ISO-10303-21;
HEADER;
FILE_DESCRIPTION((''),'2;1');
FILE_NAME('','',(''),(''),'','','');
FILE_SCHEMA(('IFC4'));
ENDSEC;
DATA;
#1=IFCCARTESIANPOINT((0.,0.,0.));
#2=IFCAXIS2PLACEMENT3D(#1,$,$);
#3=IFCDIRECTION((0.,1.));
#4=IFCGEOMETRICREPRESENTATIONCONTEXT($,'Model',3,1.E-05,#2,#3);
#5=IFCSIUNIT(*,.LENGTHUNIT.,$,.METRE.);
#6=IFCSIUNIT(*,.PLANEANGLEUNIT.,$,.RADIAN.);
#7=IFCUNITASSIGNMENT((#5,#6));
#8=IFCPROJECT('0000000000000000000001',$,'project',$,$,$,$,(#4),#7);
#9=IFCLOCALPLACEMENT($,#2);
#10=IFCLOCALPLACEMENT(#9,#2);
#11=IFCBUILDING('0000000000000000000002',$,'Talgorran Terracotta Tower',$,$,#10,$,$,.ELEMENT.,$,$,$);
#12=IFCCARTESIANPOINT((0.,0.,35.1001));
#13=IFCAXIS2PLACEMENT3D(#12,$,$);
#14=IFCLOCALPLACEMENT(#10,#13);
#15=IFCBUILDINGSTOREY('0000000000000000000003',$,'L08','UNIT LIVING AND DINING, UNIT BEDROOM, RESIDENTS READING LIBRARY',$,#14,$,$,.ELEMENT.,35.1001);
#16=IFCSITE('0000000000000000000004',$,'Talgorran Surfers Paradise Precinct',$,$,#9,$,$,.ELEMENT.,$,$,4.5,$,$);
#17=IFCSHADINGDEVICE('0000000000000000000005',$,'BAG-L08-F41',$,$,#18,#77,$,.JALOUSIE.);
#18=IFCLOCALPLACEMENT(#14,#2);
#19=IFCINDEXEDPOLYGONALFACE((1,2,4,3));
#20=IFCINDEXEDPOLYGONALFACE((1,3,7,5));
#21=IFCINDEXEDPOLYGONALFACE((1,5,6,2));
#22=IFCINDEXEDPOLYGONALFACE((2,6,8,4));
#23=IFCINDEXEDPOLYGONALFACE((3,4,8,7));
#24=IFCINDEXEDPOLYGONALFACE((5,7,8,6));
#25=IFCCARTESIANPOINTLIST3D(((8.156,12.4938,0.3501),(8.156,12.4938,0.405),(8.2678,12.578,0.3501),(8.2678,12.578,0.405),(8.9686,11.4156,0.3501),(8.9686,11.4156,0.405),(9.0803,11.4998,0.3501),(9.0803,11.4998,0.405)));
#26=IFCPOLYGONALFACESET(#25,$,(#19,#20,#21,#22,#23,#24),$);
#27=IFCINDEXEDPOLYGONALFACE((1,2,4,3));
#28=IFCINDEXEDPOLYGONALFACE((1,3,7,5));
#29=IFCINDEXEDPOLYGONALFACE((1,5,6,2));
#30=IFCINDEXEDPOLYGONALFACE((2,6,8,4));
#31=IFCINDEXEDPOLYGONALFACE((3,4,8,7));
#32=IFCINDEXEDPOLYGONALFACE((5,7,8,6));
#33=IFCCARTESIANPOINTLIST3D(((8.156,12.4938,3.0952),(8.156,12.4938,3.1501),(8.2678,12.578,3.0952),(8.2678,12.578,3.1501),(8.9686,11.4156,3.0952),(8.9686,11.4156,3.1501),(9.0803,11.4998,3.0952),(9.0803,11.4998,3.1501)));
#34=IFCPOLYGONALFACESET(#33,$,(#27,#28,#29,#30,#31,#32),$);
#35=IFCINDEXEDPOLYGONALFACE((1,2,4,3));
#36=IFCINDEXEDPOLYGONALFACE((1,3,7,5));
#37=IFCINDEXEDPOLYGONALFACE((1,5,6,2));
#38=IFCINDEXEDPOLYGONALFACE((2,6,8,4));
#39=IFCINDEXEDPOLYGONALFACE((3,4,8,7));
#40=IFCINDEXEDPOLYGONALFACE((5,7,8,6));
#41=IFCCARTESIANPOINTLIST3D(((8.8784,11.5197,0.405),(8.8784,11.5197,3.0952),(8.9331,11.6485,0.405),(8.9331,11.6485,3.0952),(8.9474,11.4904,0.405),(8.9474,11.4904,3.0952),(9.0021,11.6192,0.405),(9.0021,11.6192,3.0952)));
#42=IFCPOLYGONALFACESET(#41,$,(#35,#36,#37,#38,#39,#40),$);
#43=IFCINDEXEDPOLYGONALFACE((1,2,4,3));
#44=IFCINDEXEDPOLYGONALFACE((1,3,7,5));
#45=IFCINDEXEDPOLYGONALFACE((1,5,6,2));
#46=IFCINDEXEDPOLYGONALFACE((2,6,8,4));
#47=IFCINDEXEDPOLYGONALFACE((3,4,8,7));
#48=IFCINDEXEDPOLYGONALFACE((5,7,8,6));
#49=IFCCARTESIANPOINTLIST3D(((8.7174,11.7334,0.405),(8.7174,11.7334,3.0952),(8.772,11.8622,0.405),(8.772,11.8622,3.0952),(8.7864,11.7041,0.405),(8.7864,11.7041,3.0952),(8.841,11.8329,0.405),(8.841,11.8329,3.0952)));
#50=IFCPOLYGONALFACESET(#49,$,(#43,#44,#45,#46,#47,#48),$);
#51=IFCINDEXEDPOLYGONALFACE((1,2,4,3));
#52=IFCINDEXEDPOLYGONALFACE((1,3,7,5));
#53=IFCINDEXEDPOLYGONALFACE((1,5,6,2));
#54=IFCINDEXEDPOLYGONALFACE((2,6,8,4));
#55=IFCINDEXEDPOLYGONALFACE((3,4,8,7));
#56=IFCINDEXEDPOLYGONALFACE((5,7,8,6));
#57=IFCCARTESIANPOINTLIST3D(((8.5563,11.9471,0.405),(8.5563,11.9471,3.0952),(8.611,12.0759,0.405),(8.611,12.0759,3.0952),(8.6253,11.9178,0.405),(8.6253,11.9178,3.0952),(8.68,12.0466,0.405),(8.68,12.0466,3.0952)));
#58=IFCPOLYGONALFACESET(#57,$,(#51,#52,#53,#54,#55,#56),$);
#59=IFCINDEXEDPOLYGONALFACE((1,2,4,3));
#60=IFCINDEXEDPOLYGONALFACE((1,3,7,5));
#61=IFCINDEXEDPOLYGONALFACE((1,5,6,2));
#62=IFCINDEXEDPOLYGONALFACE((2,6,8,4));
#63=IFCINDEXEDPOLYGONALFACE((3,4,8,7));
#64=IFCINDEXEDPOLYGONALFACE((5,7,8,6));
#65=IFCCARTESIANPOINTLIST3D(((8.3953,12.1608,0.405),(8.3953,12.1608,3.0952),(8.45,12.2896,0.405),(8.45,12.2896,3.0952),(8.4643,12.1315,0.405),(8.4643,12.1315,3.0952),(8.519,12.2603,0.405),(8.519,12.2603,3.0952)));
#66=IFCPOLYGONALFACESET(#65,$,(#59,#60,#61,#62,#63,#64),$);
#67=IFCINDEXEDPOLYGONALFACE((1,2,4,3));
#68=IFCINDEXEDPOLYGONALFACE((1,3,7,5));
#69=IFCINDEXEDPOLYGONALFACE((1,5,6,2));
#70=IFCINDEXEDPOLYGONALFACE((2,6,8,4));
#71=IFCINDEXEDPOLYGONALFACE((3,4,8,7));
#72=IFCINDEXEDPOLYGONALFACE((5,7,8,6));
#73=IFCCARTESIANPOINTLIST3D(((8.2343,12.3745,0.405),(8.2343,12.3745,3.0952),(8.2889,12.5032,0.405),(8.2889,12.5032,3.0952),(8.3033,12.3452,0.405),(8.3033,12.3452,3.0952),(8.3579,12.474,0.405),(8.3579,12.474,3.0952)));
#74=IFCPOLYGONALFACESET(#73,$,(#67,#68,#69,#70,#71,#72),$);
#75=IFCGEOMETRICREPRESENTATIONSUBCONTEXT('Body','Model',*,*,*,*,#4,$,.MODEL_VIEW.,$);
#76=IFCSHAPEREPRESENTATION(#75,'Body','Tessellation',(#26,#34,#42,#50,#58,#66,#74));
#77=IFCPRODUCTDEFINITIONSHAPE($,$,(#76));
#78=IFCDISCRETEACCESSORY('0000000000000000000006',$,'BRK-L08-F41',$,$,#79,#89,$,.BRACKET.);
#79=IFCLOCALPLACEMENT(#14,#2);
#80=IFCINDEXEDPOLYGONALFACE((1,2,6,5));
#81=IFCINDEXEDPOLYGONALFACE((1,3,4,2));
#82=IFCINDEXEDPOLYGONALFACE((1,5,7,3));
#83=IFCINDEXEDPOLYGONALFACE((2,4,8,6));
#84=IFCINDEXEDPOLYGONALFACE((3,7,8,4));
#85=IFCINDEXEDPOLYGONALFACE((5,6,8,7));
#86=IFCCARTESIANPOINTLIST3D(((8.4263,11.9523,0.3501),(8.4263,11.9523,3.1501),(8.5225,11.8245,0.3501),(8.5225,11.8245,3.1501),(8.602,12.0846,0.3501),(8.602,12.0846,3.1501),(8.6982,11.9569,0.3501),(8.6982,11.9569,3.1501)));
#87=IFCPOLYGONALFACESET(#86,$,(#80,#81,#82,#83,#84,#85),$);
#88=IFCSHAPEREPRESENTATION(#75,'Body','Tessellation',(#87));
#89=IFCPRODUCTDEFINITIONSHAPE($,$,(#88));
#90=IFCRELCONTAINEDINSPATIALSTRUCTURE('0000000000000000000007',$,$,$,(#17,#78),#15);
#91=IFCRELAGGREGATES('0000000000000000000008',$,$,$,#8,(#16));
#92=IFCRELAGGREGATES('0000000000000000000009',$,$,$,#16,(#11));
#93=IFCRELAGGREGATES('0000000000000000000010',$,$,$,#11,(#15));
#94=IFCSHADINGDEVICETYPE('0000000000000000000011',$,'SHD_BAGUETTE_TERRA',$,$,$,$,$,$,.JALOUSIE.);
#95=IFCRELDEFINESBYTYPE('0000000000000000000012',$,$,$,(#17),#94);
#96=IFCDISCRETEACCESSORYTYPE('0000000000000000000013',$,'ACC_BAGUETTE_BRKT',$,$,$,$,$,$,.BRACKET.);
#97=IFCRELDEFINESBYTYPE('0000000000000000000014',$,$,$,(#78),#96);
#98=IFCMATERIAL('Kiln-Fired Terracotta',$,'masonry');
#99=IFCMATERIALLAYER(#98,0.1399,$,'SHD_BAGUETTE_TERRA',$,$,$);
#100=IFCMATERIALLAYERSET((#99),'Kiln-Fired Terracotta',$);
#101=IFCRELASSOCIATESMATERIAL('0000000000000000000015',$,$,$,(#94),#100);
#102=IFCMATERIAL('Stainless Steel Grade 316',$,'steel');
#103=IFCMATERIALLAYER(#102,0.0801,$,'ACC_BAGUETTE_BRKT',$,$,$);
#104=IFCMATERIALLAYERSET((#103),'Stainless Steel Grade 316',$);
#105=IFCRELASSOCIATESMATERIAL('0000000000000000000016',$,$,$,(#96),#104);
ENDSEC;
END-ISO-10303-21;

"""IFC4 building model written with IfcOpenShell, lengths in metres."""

from ifc_helpers import new_model, si_unit, direction, frame, origin, origin_2d, place, context, subcontext, project, spatial, rectangle, extrude, source, transform, mapped, material, layer, layer_set, type_object, type_shapes, element, save


model = new_model("IFC4")

# Units and contexts
model_context = context("Model", 3, precision=1e-05, world=origin(), true_north=direction((0.0, 1.0)))
body_context = subcontext(model_context, "Body", "Model", "MODEL_VIEW")
ifc_project = project(units=[si_unit("LENGTHUNIT", "METRE"), si_unit("PLANEANGLEUNIT", "RADIAN")], contexts=[model_context])

# Site, building, storey
site_placement = place(None, origin())
site = spatial("IfcSite", under=ifc_project, at=site_placement, Name="Talgorran Surfers Paradise Precinct", CompositionType="ELEMENT", RefElevation=4.5)
building_placement = place(site_placement, origin())
building = spatial("IfcBuilding", under=site, at=building_placement, Name="Talgorran Terracotta Tower", CompositionType="ELEMENT")
storey_placement = place(building_placement, frame((0.0, 0.0, 35.1001)))
storey = spatial("IfcBuildingStorey", under=building, at=storey_placement, Name="L08", Description="UNIT LIVING AND DINING, UNIT BEDROOM, RESIDENTS READING LIBRARY", CompositionType="ELEMENT", Elevation=35.1001)

# Shading device
ifc_material_1 = material(Name="Kiln-Fired Terracotta", Category="masonry")
ifc_layer_1 = layer(ifc_material_1, 0.1399, Name="SHD_BAGUETTE_TERRA")
ifc_layer_set_1 = layer_set([ifc_layer_1], Name="Kiln-Fired Terracotta")
shading_device_type = type_object("IfcShadingDeviceType", Name="SHD_BAGUETTE_TERRA", PredefinedType="JALOUSIE", material=ifc_layer_set_1)
shared_shape_1 = source(origin(), body_context, "Body", "SweptSolid", [
    extrude(rectangle(XDim=1.3501, YDim=0.1399, at=origin_2d()), origin(), (0.0, 0.0, 1.0), 0.0549),
    extrude(rectangle(XDim=1.3501, YDim=0.1399, at=origin_2d()), frame((0.0, 0.0, 2.7451)), (0.0, 0.0, 1.0), 0.0549),
    extrude(rectangle(XDim=0.075, YDim=0.1399, at=origin_2d()), frame((-0.5352, 0.0, 0.0549), z_axis=(0.0, 0.0, 1.0), x_axis=(0.866025, 0.5, 0.0)), (0.0, 0.0, 1.0), 2.6902),
    extrude(rectangle(XDim=0.075, YDim=0.1399, at=origin_2d()), frame((-0.2676, 0.0, 0.0549), z_axis=(0.0, 0.0, 1.0), x_axis=(0.866025, 0.5, 0.0)), (0.0, 0.0, 1.0), 2.6902),
    extrude(rectangle(XDim=0.075, YDim=0.1399, at=origin_2d()), frame((0.0, 0.0, 0.0549), z_axis=(0.0, 0.0, 1.0), x_axis=(0.866025, 0.5, 0.0)), (0.0, 0.0, 1.0), 2.6902),
    extrude(rectangle(XDim=0.075, YDim=0.1399, at=origin_2d()), frame((0.2676, 0.0, 0.0549), z_axis=(0.0, 0.0, 1.0), x_axis=(0.866025, 0.5, 0.0)), (0.0, 0.0, 1.0), 2.6902),
    extrude(rectangle(XDim=0.075, YDim=0.1399, at=origin_2d()), frame((0.5352, 0.0, 0.0549), z_axis=(0.0, 0.0, 1.0), x_axis=(0.866025, 0.5, 0.0)), (0.0, 0.0, 1.0), 2.6902),
])
type_shapes(shading_device_type, [shared_shape_1])
shading_device_placement = place(storey_placement, frame((8.6182, 11.9968, 0.3501), z_axis=(0.0, 0.0, 1.0), x_axis=(-0.601815, 0.798636, 0.0)))
element("IfcShadingDevice", 1, at=shading_device_placement, inside=storey, type_object=shading_device_type, Name="BAG-L08-F41", PredefinedType="JALOUSIE", context=body_context, shape_type="MappedRepresentation", body=[
    mapped(shared_shape_1, transform((0.0, 0.0, 0.0), scale=1.0)),
])

# Discrete accessory
ifc_material_2 = material(Name="Stainless Steel Grade 316", Category="steel")
ifc_layer_2 = layer(ifc_material_2, 0.0801, Name="ACC_BAGUETTE_BRKT")
ifc_layer_set_2 = layer_set([ifc_layer_2], Name="Stainless Steel Grade 316")
discrete_accessory_type = type_object("IfcDiscreteAccessoryType", Name="ACC_BAGUETTE_BRKT", PredefinedType="BRACKET", material=ifc_layer_set_2)
shared_shape_2 = source(origin(), body_context, "Body", "SweptSolid", [
    extrude(rectangle(XDim=0.1599, YDim=0.22, at=origin_2d()), origin(), (0.0, 0.0, 1.0), 2.8),
])
type_shapes(discrete_accessory_type, [shared_shape_2])
discrete_accessory_placement = place(storey_placement, frame((8.5623, 11.9546, 0.3501), z_axis=(0.0, 0.0, 1.0), x_axis=(-0.601815, 0.798636, 0.0)))
element("IfcDiscreteAccessory", 2, at=discrete_accessory_placement, inside=storey, type_object=discrete_accessory_type, Name="BRK-L08-F41", PredefinedType="BRACKET", context=body_context, shape_type="MappedRepresentation", body=[
    mapped(shared_shape_2, transform((0.0, 0.0, 0.0), scale=1.0)),
])

save(model, "model.ifc")
